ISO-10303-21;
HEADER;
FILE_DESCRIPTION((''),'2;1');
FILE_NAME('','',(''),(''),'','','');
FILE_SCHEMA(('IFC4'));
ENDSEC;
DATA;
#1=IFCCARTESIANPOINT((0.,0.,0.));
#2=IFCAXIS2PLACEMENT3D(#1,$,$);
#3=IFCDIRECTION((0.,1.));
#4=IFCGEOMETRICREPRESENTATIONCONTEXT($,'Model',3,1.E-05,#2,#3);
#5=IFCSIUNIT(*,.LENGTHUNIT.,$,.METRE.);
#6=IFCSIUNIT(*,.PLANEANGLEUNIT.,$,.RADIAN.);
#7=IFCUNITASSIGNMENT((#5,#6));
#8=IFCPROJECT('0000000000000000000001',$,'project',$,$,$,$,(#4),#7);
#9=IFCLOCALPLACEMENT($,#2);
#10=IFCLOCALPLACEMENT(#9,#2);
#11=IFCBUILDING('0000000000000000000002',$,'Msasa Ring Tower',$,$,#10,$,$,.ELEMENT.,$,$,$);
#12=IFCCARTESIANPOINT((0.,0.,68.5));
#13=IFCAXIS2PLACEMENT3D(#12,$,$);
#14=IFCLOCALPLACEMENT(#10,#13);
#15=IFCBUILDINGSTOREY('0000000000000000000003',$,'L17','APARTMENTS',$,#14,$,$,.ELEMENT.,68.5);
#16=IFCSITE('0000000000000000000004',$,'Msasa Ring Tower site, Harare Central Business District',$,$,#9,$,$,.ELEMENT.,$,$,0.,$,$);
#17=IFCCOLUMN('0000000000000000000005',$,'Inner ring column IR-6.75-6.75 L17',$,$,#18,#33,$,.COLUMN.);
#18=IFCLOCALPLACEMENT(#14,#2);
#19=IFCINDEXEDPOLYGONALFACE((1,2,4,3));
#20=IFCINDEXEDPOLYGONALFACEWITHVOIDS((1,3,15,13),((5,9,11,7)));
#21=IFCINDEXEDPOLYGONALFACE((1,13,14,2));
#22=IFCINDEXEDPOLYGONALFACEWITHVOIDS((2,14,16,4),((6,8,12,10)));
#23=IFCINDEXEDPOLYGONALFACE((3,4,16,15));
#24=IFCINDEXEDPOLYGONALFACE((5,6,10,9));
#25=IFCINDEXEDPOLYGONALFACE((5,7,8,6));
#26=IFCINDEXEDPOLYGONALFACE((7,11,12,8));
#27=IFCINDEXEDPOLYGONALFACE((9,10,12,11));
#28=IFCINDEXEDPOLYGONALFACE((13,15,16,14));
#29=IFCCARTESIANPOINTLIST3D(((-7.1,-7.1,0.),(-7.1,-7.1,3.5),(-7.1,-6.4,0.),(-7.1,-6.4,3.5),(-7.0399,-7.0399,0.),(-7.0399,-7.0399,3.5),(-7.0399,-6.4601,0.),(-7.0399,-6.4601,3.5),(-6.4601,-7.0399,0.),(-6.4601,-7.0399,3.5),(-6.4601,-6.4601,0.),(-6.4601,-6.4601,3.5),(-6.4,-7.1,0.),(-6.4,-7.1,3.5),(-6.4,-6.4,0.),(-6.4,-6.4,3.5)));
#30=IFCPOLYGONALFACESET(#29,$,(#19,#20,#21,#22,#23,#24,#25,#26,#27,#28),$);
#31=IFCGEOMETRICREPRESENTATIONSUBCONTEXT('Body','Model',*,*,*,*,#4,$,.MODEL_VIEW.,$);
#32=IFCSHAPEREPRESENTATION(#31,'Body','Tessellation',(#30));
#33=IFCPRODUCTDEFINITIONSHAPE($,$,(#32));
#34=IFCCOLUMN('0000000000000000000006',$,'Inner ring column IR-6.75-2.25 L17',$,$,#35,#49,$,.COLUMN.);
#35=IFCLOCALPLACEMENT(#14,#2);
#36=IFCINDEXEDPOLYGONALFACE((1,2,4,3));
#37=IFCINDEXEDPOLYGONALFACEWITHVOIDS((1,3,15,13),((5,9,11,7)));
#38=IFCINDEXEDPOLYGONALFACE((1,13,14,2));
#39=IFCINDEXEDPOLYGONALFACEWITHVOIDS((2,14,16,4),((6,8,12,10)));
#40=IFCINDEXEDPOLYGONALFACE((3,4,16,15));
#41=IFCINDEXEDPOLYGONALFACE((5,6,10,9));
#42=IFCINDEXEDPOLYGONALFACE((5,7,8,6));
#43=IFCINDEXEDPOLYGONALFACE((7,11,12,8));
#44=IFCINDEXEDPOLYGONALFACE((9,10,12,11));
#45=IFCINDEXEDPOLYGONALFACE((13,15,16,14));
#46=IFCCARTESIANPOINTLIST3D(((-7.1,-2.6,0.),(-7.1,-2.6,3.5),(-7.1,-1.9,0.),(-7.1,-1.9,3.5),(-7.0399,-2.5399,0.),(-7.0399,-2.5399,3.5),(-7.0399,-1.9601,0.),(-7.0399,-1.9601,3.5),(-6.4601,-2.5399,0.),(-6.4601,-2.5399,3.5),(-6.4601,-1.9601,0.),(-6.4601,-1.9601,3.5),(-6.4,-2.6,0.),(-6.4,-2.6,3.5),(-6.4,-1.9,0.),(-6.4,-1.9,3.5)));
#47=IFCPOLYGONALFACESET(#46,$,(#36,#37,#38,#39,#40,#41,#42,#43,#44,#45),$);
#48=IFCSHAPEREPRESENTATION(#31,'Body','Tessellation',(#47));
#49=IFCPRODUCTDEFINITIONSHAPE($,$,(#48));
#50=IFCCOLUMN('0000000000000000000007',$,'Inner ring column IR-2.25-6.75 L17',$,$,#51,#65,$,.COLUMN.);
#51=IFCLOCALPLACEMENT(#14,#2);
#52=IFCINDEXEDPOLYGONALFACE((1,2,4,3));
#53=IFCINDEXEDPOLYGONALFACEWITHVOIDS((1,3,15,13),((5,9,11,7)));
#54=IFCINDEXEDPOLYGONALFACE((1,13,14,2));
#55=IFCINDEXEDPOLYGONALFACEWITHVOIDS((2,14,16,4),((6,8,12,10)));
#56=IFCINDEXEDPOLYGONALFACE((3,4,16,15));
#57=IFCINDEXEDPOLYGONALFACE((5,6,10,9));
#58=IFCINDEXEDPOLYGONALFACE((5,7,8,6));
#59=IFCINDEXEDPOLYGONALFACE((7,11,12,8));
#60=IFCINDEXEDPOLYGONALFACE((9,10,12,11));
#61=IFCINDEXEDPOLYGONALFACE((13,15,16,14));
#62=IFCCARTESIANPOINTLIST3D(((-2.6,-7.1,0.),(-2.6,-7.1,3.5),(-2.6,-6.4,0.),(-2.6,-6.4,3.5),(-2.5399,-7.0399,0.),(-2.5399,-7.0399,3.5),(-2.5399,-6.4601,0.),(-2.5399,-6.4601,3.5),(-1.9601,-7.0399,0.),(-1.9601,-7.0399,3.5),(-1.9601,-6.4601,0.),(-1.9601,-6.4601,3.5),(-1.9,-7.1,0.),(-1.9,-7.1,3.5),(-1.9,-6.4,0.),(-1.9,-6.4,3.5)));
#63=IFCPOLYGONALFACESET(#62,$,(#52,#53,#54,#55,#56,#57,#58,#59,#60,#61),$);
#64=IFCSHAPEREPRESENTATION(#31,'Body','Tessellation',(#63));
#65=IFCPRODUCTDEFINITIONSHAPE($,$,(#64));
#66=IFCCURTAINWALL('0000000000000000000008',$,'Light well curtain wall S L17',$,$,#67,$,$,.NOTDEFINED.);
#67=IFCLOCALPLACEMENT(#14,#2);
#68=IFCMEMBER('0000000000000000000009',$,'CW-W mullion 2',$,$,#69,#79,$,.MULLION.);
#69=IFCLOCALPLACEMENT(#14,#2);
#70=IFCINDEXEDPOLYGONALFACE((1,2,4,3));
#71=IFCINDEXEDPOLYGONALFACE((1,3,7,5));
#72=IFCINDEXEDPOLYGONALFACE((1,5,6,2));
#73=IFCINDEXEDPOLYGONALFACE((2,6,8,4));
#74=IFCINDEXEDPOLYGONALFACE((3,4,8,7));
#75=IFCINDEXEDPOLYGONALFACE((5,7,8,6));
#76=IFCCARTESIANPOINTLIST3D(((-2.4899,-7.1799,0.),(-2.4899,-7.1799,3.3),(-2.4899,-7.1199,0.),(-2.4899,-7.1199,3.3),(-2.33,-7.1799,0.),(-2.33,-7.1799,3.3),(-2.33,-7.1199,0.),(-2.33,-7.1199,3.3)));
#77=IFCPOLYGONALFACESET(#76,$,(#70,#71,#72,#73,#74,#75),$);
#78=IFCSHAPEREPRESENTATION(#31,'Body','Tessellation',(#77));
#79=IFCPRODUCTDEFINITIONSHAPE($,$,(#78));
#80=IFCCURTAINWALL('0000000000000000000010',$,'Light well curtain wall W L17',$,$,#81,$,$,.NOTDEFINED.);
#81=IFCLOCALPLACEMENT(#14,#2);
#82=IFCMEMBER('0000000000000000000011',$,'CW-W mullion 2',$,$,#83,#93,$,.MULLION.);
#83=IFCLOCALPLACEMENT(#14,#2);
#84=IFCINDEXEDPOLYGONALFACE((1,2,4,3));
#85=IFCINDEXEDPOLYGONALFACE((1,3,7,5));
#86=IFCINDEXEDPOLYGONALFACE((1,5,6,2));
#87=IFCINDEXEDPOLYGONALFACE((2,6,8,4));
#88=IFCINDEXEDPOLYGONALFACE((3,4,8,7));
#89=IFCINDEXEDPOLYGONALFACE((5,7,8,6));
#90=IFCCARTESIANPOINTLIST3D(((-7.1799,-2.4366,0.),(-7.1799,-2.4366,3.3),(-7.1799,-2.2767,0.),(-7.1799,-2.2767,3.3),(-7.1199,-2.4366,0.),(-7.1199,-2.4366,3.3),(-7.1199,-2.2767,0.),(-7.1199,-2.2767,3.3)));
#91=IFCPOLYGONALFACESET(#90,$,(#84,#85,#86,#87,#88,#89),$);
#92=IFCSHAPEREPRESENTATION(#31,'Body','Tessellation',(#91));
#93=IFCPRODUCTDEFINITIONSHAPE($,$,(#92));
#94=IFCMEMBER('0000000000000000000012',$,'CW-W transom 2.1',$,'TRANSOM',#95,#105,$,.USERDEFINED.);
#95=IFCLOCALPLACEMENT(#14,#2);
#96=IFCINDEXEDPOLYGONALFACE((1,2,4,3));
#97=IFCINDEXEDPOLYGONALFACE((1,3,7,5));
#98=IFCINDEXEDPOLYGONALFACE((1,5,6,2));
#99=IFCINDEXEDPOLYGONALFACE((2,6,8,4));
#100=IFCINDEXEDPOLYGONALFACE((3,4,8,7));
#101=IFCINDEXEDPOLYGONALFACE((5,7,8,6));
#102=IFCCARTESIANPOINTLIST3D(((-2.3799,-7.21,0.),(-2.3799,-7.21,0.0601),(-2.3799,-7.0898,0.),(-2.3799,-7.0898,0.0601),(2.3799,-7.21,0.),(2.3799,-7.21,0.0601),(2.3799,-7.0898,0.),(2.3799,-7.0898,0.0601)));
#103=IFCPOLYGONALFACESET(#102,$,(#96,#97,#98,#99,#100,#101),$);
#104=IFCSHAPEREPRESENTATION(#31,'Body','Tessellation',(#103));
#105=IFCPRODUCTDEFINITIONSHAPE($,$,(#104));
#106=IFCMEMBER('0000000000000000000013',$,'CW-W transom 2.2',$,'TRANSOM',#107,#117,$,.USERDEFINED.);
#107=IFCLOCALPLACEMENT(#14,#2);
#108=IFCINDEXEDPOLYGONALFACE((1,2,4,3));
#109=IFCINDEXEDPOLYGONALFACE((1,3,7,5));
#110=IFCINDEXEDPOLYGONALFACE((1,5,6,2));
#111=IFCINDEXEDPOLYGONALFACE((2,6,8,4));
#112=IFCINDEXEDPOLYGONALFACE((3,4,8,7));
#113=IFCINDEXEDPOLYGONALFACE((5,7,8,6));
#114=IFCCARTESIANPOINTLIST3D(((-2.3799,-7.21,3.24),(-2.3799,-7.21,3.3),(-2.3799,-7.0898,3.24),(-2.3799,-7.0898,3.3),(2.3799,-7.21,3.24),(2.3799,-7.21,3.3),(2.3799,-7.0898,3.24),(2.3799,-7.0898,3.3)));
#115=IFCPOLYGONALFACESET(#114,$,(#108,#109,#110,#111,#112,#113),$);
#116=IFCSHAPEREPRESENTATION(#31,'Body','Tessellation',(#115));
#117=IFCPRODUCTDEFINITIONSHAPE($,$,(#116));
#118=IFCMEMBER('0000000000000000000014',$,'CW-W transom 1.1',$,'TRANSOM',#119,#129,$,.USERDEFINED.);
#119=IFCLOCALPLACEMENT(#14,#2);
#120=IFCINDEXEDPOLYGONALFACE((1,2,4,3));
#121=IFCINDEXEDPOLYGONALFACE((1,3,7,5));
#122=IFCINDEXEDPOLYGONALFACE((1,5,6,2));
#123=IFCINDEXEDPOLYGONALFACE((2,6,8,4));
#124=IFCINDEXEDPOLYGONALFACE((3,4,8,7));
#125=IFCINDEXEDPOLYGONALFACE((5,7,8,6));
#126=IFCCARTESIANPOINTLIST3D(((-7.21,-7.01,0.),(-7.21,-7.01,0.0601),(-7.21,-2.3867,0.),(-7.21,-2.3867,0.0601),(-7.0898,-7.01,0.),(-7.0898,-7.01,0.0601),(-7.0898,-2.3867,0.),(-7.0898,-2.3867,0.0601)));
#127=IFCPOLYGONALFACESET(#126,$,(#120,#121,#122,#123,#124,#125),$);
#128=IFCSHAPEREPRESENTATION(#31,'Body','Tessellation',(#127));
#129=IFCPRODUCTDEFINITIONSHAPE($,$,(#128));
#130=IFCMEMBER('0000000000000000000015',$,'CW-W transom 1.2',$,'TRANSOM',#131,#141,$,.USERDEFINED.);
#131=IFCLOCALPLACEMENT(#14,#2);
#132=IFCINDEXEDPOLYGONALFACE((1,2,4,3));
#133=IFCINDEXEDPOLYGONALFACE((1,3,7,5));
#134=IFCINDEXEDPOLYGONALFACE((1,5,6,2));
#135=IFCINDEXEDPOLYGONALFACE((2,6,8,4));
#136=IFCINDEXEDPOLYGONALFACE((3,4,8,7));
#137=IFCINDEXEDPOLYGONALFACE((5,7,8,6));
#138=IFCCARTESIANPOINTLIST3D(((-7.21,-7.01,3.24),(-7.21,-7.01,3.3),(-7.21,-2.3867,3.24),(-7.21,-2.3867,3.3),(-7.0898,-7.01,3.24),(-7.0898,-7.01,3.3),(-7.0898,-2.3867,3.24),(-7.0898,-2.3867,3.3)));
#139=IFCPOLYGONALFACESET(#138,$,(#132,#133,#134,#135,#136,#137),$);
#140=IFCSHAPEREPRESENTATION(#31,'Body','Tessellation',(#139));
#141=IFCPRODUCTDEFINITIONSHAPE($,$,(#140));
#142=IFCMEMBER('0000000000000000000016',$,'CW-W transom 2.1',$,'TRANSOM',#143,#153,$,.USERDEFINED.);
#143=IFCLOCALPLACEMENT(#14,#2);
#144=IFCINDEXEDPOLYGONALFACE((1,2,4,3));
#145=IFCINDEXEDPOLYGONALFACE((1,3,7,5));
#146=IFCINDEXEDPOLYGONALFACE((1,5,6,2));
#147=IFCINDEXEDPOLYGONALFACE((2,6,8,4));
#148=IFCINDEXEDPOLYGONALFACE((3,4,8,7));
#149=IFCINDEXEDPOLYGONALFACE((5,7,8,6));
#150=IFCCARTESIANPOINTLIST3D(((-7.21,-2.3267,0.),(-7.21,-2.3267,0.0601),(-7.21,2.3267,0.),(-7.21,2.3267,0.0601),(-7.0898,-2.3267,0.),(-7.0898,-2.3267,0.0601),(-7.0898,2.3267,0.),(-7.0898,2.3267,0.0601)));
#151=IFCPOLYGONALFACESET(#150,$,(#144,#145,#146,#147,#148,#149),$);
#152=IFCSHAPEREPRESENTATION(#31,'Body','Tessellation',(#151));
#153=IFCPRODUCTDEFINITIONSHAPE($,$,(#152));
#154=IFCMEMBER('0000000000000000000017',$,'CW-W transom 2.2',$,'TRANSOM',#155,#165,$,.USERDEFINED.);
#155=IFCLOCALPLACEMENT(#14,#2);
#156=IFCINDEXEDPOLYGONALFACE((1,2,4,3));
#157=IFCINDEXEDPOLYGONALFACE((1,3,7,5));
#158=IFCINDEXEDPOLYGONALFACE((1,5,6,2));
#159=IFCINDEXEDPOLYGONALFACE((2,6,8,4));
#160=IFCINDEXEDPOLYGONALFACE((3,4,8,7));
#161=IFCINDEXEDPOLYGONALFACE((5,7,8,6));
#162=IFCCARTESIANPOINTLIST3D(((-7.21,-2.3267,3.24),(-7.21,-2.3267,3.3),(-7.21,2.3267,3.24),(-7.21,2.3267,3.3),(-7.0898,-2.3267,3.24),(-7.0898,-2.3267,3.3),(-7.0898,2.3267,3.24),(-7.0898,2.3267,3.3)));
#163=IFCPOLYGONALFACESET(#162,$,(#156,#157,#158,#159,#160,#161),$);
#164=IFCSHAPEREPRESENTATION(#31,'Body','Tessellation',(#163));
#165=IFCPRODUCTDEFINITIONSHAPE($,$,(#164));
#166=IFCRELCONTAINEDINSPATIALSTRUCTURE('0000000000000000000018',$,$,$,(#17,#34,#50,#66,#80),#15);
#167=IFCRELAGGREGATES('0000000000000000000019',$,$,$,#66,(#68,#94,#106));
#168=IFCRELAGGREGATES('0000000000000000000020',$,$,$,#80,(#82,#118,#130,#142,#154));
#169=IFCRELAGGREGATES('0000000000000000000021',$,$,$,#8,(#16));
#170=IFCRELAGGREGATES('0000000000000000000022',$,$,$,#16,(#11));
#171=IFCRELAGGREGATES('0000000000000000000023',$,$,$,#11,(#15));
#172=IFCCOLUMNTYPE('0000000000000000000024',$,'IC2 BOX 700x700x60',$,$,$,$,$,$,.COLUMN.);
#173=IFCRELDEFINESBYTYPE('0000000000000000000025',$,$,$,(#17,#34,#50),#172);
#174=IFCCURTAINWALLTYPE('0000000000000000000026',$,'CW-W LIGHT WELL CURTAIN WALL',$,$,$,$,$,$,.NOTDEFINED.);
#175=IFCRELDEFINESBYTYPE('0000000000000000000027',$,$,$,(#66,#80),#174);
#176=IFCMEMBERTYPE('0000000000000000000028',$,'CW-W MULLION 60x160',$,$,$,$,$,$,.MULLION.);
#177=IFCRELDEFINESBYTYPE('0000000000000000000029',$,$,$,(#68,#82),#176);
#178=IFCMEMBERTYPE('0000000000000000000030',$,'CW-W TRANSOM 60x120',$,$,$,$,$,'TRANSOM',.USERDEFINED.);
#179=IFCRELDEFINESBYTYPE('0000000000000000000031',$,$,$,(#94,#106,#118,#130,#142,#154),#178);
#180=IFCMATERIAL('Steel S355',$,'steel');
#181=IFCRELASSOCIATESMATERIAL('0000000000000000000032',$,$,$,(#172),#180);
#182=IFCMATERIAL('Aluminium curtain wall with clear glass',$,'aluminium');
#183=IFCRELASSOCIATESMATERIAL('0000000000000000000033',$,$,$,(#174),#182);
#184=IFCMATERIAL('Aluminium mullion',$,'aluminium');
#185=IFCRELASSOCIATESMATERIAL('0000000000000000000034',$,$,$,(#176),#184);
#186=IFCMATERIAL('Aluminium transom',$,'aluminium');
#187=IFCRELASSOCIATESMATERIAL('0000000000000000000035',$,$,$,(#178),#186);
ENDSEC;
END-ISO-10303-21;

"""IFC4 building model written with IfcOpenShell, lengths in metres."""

from ifc_helpers import new_model, si_unit, direction, frame, origin, origin_2d, place, context, subcontext, project, spatial, rectangle, hollow_rectangle, extrude, material, material_profile, profile_set, type_object, element, aggregate, save


model = new_model("IFC4")

# Units and contexts
model_context = context("Model", 3, precision=1e-05, world=origin(), true_north=direction((0.0, 1.0)))
body_context = subcontext(model_context, "Body", "Model", "MODEL_VIEW")
ifc_project = project(units=[si_unit("LENGTHUNIT", "METRE"), si_unit("PLANEANGLEUNIT", "RADIAN")], contexts=[model_context])

# Site, building, storey
site_placement = place(None, origin())
site = spatial("IfcSite", under=ifc_project, at=site_placement, Name="Msasa Ring Tower site, Harare Central Business District", CompositionType="ELEMENT", RefElevation=0.0)
building_placement = place(site_placement, origin())
building = spatial("IfcBuilding", under=site, at=building_placement, Name="Msasa Ring Tower", CompositionType="ELEMENT")
storey_placement = place(building_placement, frame((0.0, 0.0, 68.5)))
storey = spatial("IfcBuildingStorey", under=building, at=storey_placement, Name="L17", Description="APARTMENTS", CompositionType="ELEMENT", Elevation=68.5)

# Columns
ifc_material_1 = material(Name="Steel S355", Category="steel")
ifc_material_profile_1 = material_profile(ifc_material_1, hollow_rectangle(XDim=0.7, YDim=0.7, WallThickness=0.0601, at=origin_2d()), Name="BOX 700x700x60")
ifc_profile_set_1 = profile_set([ifc_material_profile_1], Name="Steel S355")
column_type = type_object("IfcColumnType", Name="IC2 BOX 700x700x60", PredefinedType="COLUMN", material=ifc_profile_set_1)
for number, where, z_axis, x_axis, name in (
    (1, (-6.75, -6.75, 0.0), (0.0, 0.0, 1.0), (1.0, 0.0, 0.0), "Inner ring column IR-6.75-6.75 L17"),
    (2, (-6.75, -2.25, 0.0), (0.0, 0.0, 1.0), (1.0, 0.0, 0.0), "Inner ring column IR-6.75-2.25 L17"),
    (3, (-2.25, -6.75, 0.0), (0.0, 0.0, 1.0), (1.0, 0.0, 0.0), "Inner ring column IR-2.25-6.75 L17"),
):
    element("IfcColumn", number, at=place(storey_placement, frame(where, z_axis=z_axis, x_axis=x_axis)), inside=storey, type_object=column_type, Name=name, PredefinedType="COLUMN", context=body_context, shape_type="SweptSolid", body=[
        extrude(hollow_rectangle(XDim=0.7, YDim=0.7, WallThickness=0.0601, at=origin_2d()), origin(), (0.0, 0.0, 1.0), 3.5),
    ])

# Curtain walls, members
ifc_material_2 = material(Name="Aluminium curtain wall with clear glass", Category="aluminium")
curtain_wall_type = type_object("IfcCurtainWallType", Name="CW-W LIGHT WELL CURTAIN WALL", PredefinedType="NOTDEFINED", material=ifc_material_2)
curtain_wall_1_placement = place(storey_placement, origin())
curtain_wall_1 = element("IfcCurtainWall", 4, at=curtain_wall_1_placement, inside=storey, type_object=curtain_wall_type, Name="Light well curtain wall S L17", PredefinedType="NOTDEFINED")
ifc_material_3 = material(Name="Aluminium mullion", Category="aluminium")
ifc_material_profile_2 = material_profile(ifc_material_3, rectangle(XDim=0.0601, YDim=0.1599, at=origin_2d()), Name="AL 60x160")
ifc_profile_set_2 = profile_set([ifc_material_profile_2], Name="Aluminium mullion")
member_type_1 = type_object("IfcMemberType", Name="CW-W MULLION 60x160", PredefinedType="MULLION", material=ifc_profile_set_2)
member_1_placement = place(storey_placement, frame((-2.4099, -7.1499, 0.0), z_axis=(0.0, 0.0, 1.0), x_axis=(0.0, 1.0, 0.0)))
member_1 = element("IfcMember", 5, at=member_1_placement, type_object=member_type_1, Name="CW-W mullion 2", PredefinedType="MULLION", context=body_context, shape_type="SweptSolid", body=[
    extrude(rectangle(XDim=0.0601, YDim=0.1599, at=origin_2d()), origin(), (0.0, 0.0, 1.0), 3.3),
])
curtain_wall_2_placement = place(storey_placement, origin())
curtain_wall_2 = element("IfcCurtainWall", 6, at=curtain_wall_2_placement, inside=storey, type_object=curtain_wall_type, Name="Light well curtain wall W L17", PredefinedType="NOTDEFINED")
member_2_placement = place(storey_placement, frame((-7.1499, -2.3567, 0.0), z_axis=(0.0, 0.0, 1.0), x_axis=(-1.0, 0.0, 0.0)))
member_2 = element("IfcMember", 7, at=member_2_placement, type_object=member_type_1, Name="CW-W mullion 2", PredefinedType="MULLION", context=body_context, shape_type="SweptSolid", body=[
    extrude(rectangle(XDim=0.0601, YDim=0.1599, at=origin_2d()), origin(), (0.0, 0.0, 1.0), 3.3),
])

# Members
ifc_material_4 = material(Name="Aluminium transom", Category="aluminium")
ifc_material_profile_3 = material_profile(ifc_material_4, rectangle(XDim=0.1201, YDim=0.0601, at=origin_2d()), Name="AL 60x120")
ifc_profile_set_3 = profile_set([ifc_material_profile_3], Name="Aluminium transom")
member_type_2 = type_object("IfcMemberType", Name="CW-W TRANSOM 60x120", ElementType="TRANSOM", PredefinedType="USERDEFINED", material=ifc_profile_set_3)
member_3_placement = place(storey_placement, frame((-2.3799, -7.1499, 0.03), z_axis=(1.0, 0.0, 0.0), x_axis=(0.0, 1.0, 0.0)))
member_3 = element("IfcMember", 8, at=member_3_placement, type_object=member_type_2, Name="CW-W transom 2.1", ObjectType="TRANSOM", PredefinedType="USERDEFINED", context=body_context, shape_type="SweptSolid", body=[
    extrude(rectangle(XDim=0.1201, YDim=0.0601, at=origin_2d()), origin(), (0.0, 0.0, 1.0), 4.7598),
])
member_4_placement = place(storey_placement, frame((-2.3799, -7.1499, 3.27), z_axis=(1.0, 0.0, 0.0), x_axis=(0.0, 1.0, 0.0)))
member_4 = element("IfcMember", 9, at=member_4_placement, type_object=member_type_2, Name="CW-W transom 2.2", ObjectType="TRANSOM", PredefinedType="USERDEFINED", context=body_context, shape_type="SweptSolid", body=[
    extrude(rectangle(XDim=0.1201, YDim=0.0601, at=origin_2d()), origin(), (0.0, 0.0, 1.0), 4.7598),
])
member_5_placement = place(storey_placement, frame((-7.1499, -7.01, 0.03), z_axis=(0.0, 1.0, 0.0), x_axis=(-1.0, 0.0, 0.0)))
member_5 = element("IfcMember", 10, at=member_5_placement, type_object=member_type_2, Name="CW-W transom 1.1", ObjectType="TRANSOM", PredefinedType="USERDEFINED", context=body_context, shape_type="SweptSolid", body=[
    extrude(rectangle(XDim=0.1201, YDim=0.0601, at=origin_2d()), origin(), (0.0, 0.0, 1.0), 4.6233),
])
member_6_placement = place(storey_placement, frame((-7.1499, -7.01, 3.27), z_axis=(0.0, 1.0, 0.0), x_axis=(-1.0, 0.0, 0.0)))
member_6 = element("IfcMember", 11, at=member_6_placement, type_object=member_type_2, Name="CW-W transom 1.2", ObjectType="TRANSOM", PredefinedType="USERDEFINED", context=body_context, shape_type="SweptSolid", body=[
    extrude(rectangle(XDim=0.1201, YDim=0.0601, at=origin_2d()), origin(), (0.0, 0.0, 1.0), 4.6233),
])
member_7_placement = place(storey_placement, frame((-7.1499, -2.3267, 0.03), z_axis=(0.0, 1.0, 0.0), x_axis=(-1.0, 0.0, 0.0)))
member_7 = element("IfcMember", 12, at=member_7_placement, type_object=member_type_2, Name="CW-W transom 2.1", ObjectType="TRANSOM", PredefinedType="USERDEFINED", context=body_context, shape_type="SweptSolid", body=[
    extrude(rectangle(XDim=0.1201, YDim=0.0601, at=origin_2d()), origin(), (0.0, 0.0, 1.0), 4.6533),
])
member_8_placement = place(storey_placement, frame((-7.1499, -2.3267, 3.27), z_axis=(0.0, 1.0, 0.0), x_axis=(-1.0, 0.0, 0.0)))
member_8 = element("IfcMember", 13, at=member_8_placement, type_object=member_type_2, Name="CW-W transom 2.2", ObjectType="TRANSOM", PredefinedType="USERDEFINED", context=body_context, shape_type="SweptSolid", body=[
    extrude(rectangle(XDim=0.1201, YDim=0.0601, at=origin_2d()), origin(), (0.0, 0.0, 1.0), 4.6533),
])

aggregate(curtain_wall_1, [member_1, member_3, member_4])
aggregate(curtain_wall_2, [member_2, member_5, member_6, member_7, member_8])

save(model, "model.ifc")
